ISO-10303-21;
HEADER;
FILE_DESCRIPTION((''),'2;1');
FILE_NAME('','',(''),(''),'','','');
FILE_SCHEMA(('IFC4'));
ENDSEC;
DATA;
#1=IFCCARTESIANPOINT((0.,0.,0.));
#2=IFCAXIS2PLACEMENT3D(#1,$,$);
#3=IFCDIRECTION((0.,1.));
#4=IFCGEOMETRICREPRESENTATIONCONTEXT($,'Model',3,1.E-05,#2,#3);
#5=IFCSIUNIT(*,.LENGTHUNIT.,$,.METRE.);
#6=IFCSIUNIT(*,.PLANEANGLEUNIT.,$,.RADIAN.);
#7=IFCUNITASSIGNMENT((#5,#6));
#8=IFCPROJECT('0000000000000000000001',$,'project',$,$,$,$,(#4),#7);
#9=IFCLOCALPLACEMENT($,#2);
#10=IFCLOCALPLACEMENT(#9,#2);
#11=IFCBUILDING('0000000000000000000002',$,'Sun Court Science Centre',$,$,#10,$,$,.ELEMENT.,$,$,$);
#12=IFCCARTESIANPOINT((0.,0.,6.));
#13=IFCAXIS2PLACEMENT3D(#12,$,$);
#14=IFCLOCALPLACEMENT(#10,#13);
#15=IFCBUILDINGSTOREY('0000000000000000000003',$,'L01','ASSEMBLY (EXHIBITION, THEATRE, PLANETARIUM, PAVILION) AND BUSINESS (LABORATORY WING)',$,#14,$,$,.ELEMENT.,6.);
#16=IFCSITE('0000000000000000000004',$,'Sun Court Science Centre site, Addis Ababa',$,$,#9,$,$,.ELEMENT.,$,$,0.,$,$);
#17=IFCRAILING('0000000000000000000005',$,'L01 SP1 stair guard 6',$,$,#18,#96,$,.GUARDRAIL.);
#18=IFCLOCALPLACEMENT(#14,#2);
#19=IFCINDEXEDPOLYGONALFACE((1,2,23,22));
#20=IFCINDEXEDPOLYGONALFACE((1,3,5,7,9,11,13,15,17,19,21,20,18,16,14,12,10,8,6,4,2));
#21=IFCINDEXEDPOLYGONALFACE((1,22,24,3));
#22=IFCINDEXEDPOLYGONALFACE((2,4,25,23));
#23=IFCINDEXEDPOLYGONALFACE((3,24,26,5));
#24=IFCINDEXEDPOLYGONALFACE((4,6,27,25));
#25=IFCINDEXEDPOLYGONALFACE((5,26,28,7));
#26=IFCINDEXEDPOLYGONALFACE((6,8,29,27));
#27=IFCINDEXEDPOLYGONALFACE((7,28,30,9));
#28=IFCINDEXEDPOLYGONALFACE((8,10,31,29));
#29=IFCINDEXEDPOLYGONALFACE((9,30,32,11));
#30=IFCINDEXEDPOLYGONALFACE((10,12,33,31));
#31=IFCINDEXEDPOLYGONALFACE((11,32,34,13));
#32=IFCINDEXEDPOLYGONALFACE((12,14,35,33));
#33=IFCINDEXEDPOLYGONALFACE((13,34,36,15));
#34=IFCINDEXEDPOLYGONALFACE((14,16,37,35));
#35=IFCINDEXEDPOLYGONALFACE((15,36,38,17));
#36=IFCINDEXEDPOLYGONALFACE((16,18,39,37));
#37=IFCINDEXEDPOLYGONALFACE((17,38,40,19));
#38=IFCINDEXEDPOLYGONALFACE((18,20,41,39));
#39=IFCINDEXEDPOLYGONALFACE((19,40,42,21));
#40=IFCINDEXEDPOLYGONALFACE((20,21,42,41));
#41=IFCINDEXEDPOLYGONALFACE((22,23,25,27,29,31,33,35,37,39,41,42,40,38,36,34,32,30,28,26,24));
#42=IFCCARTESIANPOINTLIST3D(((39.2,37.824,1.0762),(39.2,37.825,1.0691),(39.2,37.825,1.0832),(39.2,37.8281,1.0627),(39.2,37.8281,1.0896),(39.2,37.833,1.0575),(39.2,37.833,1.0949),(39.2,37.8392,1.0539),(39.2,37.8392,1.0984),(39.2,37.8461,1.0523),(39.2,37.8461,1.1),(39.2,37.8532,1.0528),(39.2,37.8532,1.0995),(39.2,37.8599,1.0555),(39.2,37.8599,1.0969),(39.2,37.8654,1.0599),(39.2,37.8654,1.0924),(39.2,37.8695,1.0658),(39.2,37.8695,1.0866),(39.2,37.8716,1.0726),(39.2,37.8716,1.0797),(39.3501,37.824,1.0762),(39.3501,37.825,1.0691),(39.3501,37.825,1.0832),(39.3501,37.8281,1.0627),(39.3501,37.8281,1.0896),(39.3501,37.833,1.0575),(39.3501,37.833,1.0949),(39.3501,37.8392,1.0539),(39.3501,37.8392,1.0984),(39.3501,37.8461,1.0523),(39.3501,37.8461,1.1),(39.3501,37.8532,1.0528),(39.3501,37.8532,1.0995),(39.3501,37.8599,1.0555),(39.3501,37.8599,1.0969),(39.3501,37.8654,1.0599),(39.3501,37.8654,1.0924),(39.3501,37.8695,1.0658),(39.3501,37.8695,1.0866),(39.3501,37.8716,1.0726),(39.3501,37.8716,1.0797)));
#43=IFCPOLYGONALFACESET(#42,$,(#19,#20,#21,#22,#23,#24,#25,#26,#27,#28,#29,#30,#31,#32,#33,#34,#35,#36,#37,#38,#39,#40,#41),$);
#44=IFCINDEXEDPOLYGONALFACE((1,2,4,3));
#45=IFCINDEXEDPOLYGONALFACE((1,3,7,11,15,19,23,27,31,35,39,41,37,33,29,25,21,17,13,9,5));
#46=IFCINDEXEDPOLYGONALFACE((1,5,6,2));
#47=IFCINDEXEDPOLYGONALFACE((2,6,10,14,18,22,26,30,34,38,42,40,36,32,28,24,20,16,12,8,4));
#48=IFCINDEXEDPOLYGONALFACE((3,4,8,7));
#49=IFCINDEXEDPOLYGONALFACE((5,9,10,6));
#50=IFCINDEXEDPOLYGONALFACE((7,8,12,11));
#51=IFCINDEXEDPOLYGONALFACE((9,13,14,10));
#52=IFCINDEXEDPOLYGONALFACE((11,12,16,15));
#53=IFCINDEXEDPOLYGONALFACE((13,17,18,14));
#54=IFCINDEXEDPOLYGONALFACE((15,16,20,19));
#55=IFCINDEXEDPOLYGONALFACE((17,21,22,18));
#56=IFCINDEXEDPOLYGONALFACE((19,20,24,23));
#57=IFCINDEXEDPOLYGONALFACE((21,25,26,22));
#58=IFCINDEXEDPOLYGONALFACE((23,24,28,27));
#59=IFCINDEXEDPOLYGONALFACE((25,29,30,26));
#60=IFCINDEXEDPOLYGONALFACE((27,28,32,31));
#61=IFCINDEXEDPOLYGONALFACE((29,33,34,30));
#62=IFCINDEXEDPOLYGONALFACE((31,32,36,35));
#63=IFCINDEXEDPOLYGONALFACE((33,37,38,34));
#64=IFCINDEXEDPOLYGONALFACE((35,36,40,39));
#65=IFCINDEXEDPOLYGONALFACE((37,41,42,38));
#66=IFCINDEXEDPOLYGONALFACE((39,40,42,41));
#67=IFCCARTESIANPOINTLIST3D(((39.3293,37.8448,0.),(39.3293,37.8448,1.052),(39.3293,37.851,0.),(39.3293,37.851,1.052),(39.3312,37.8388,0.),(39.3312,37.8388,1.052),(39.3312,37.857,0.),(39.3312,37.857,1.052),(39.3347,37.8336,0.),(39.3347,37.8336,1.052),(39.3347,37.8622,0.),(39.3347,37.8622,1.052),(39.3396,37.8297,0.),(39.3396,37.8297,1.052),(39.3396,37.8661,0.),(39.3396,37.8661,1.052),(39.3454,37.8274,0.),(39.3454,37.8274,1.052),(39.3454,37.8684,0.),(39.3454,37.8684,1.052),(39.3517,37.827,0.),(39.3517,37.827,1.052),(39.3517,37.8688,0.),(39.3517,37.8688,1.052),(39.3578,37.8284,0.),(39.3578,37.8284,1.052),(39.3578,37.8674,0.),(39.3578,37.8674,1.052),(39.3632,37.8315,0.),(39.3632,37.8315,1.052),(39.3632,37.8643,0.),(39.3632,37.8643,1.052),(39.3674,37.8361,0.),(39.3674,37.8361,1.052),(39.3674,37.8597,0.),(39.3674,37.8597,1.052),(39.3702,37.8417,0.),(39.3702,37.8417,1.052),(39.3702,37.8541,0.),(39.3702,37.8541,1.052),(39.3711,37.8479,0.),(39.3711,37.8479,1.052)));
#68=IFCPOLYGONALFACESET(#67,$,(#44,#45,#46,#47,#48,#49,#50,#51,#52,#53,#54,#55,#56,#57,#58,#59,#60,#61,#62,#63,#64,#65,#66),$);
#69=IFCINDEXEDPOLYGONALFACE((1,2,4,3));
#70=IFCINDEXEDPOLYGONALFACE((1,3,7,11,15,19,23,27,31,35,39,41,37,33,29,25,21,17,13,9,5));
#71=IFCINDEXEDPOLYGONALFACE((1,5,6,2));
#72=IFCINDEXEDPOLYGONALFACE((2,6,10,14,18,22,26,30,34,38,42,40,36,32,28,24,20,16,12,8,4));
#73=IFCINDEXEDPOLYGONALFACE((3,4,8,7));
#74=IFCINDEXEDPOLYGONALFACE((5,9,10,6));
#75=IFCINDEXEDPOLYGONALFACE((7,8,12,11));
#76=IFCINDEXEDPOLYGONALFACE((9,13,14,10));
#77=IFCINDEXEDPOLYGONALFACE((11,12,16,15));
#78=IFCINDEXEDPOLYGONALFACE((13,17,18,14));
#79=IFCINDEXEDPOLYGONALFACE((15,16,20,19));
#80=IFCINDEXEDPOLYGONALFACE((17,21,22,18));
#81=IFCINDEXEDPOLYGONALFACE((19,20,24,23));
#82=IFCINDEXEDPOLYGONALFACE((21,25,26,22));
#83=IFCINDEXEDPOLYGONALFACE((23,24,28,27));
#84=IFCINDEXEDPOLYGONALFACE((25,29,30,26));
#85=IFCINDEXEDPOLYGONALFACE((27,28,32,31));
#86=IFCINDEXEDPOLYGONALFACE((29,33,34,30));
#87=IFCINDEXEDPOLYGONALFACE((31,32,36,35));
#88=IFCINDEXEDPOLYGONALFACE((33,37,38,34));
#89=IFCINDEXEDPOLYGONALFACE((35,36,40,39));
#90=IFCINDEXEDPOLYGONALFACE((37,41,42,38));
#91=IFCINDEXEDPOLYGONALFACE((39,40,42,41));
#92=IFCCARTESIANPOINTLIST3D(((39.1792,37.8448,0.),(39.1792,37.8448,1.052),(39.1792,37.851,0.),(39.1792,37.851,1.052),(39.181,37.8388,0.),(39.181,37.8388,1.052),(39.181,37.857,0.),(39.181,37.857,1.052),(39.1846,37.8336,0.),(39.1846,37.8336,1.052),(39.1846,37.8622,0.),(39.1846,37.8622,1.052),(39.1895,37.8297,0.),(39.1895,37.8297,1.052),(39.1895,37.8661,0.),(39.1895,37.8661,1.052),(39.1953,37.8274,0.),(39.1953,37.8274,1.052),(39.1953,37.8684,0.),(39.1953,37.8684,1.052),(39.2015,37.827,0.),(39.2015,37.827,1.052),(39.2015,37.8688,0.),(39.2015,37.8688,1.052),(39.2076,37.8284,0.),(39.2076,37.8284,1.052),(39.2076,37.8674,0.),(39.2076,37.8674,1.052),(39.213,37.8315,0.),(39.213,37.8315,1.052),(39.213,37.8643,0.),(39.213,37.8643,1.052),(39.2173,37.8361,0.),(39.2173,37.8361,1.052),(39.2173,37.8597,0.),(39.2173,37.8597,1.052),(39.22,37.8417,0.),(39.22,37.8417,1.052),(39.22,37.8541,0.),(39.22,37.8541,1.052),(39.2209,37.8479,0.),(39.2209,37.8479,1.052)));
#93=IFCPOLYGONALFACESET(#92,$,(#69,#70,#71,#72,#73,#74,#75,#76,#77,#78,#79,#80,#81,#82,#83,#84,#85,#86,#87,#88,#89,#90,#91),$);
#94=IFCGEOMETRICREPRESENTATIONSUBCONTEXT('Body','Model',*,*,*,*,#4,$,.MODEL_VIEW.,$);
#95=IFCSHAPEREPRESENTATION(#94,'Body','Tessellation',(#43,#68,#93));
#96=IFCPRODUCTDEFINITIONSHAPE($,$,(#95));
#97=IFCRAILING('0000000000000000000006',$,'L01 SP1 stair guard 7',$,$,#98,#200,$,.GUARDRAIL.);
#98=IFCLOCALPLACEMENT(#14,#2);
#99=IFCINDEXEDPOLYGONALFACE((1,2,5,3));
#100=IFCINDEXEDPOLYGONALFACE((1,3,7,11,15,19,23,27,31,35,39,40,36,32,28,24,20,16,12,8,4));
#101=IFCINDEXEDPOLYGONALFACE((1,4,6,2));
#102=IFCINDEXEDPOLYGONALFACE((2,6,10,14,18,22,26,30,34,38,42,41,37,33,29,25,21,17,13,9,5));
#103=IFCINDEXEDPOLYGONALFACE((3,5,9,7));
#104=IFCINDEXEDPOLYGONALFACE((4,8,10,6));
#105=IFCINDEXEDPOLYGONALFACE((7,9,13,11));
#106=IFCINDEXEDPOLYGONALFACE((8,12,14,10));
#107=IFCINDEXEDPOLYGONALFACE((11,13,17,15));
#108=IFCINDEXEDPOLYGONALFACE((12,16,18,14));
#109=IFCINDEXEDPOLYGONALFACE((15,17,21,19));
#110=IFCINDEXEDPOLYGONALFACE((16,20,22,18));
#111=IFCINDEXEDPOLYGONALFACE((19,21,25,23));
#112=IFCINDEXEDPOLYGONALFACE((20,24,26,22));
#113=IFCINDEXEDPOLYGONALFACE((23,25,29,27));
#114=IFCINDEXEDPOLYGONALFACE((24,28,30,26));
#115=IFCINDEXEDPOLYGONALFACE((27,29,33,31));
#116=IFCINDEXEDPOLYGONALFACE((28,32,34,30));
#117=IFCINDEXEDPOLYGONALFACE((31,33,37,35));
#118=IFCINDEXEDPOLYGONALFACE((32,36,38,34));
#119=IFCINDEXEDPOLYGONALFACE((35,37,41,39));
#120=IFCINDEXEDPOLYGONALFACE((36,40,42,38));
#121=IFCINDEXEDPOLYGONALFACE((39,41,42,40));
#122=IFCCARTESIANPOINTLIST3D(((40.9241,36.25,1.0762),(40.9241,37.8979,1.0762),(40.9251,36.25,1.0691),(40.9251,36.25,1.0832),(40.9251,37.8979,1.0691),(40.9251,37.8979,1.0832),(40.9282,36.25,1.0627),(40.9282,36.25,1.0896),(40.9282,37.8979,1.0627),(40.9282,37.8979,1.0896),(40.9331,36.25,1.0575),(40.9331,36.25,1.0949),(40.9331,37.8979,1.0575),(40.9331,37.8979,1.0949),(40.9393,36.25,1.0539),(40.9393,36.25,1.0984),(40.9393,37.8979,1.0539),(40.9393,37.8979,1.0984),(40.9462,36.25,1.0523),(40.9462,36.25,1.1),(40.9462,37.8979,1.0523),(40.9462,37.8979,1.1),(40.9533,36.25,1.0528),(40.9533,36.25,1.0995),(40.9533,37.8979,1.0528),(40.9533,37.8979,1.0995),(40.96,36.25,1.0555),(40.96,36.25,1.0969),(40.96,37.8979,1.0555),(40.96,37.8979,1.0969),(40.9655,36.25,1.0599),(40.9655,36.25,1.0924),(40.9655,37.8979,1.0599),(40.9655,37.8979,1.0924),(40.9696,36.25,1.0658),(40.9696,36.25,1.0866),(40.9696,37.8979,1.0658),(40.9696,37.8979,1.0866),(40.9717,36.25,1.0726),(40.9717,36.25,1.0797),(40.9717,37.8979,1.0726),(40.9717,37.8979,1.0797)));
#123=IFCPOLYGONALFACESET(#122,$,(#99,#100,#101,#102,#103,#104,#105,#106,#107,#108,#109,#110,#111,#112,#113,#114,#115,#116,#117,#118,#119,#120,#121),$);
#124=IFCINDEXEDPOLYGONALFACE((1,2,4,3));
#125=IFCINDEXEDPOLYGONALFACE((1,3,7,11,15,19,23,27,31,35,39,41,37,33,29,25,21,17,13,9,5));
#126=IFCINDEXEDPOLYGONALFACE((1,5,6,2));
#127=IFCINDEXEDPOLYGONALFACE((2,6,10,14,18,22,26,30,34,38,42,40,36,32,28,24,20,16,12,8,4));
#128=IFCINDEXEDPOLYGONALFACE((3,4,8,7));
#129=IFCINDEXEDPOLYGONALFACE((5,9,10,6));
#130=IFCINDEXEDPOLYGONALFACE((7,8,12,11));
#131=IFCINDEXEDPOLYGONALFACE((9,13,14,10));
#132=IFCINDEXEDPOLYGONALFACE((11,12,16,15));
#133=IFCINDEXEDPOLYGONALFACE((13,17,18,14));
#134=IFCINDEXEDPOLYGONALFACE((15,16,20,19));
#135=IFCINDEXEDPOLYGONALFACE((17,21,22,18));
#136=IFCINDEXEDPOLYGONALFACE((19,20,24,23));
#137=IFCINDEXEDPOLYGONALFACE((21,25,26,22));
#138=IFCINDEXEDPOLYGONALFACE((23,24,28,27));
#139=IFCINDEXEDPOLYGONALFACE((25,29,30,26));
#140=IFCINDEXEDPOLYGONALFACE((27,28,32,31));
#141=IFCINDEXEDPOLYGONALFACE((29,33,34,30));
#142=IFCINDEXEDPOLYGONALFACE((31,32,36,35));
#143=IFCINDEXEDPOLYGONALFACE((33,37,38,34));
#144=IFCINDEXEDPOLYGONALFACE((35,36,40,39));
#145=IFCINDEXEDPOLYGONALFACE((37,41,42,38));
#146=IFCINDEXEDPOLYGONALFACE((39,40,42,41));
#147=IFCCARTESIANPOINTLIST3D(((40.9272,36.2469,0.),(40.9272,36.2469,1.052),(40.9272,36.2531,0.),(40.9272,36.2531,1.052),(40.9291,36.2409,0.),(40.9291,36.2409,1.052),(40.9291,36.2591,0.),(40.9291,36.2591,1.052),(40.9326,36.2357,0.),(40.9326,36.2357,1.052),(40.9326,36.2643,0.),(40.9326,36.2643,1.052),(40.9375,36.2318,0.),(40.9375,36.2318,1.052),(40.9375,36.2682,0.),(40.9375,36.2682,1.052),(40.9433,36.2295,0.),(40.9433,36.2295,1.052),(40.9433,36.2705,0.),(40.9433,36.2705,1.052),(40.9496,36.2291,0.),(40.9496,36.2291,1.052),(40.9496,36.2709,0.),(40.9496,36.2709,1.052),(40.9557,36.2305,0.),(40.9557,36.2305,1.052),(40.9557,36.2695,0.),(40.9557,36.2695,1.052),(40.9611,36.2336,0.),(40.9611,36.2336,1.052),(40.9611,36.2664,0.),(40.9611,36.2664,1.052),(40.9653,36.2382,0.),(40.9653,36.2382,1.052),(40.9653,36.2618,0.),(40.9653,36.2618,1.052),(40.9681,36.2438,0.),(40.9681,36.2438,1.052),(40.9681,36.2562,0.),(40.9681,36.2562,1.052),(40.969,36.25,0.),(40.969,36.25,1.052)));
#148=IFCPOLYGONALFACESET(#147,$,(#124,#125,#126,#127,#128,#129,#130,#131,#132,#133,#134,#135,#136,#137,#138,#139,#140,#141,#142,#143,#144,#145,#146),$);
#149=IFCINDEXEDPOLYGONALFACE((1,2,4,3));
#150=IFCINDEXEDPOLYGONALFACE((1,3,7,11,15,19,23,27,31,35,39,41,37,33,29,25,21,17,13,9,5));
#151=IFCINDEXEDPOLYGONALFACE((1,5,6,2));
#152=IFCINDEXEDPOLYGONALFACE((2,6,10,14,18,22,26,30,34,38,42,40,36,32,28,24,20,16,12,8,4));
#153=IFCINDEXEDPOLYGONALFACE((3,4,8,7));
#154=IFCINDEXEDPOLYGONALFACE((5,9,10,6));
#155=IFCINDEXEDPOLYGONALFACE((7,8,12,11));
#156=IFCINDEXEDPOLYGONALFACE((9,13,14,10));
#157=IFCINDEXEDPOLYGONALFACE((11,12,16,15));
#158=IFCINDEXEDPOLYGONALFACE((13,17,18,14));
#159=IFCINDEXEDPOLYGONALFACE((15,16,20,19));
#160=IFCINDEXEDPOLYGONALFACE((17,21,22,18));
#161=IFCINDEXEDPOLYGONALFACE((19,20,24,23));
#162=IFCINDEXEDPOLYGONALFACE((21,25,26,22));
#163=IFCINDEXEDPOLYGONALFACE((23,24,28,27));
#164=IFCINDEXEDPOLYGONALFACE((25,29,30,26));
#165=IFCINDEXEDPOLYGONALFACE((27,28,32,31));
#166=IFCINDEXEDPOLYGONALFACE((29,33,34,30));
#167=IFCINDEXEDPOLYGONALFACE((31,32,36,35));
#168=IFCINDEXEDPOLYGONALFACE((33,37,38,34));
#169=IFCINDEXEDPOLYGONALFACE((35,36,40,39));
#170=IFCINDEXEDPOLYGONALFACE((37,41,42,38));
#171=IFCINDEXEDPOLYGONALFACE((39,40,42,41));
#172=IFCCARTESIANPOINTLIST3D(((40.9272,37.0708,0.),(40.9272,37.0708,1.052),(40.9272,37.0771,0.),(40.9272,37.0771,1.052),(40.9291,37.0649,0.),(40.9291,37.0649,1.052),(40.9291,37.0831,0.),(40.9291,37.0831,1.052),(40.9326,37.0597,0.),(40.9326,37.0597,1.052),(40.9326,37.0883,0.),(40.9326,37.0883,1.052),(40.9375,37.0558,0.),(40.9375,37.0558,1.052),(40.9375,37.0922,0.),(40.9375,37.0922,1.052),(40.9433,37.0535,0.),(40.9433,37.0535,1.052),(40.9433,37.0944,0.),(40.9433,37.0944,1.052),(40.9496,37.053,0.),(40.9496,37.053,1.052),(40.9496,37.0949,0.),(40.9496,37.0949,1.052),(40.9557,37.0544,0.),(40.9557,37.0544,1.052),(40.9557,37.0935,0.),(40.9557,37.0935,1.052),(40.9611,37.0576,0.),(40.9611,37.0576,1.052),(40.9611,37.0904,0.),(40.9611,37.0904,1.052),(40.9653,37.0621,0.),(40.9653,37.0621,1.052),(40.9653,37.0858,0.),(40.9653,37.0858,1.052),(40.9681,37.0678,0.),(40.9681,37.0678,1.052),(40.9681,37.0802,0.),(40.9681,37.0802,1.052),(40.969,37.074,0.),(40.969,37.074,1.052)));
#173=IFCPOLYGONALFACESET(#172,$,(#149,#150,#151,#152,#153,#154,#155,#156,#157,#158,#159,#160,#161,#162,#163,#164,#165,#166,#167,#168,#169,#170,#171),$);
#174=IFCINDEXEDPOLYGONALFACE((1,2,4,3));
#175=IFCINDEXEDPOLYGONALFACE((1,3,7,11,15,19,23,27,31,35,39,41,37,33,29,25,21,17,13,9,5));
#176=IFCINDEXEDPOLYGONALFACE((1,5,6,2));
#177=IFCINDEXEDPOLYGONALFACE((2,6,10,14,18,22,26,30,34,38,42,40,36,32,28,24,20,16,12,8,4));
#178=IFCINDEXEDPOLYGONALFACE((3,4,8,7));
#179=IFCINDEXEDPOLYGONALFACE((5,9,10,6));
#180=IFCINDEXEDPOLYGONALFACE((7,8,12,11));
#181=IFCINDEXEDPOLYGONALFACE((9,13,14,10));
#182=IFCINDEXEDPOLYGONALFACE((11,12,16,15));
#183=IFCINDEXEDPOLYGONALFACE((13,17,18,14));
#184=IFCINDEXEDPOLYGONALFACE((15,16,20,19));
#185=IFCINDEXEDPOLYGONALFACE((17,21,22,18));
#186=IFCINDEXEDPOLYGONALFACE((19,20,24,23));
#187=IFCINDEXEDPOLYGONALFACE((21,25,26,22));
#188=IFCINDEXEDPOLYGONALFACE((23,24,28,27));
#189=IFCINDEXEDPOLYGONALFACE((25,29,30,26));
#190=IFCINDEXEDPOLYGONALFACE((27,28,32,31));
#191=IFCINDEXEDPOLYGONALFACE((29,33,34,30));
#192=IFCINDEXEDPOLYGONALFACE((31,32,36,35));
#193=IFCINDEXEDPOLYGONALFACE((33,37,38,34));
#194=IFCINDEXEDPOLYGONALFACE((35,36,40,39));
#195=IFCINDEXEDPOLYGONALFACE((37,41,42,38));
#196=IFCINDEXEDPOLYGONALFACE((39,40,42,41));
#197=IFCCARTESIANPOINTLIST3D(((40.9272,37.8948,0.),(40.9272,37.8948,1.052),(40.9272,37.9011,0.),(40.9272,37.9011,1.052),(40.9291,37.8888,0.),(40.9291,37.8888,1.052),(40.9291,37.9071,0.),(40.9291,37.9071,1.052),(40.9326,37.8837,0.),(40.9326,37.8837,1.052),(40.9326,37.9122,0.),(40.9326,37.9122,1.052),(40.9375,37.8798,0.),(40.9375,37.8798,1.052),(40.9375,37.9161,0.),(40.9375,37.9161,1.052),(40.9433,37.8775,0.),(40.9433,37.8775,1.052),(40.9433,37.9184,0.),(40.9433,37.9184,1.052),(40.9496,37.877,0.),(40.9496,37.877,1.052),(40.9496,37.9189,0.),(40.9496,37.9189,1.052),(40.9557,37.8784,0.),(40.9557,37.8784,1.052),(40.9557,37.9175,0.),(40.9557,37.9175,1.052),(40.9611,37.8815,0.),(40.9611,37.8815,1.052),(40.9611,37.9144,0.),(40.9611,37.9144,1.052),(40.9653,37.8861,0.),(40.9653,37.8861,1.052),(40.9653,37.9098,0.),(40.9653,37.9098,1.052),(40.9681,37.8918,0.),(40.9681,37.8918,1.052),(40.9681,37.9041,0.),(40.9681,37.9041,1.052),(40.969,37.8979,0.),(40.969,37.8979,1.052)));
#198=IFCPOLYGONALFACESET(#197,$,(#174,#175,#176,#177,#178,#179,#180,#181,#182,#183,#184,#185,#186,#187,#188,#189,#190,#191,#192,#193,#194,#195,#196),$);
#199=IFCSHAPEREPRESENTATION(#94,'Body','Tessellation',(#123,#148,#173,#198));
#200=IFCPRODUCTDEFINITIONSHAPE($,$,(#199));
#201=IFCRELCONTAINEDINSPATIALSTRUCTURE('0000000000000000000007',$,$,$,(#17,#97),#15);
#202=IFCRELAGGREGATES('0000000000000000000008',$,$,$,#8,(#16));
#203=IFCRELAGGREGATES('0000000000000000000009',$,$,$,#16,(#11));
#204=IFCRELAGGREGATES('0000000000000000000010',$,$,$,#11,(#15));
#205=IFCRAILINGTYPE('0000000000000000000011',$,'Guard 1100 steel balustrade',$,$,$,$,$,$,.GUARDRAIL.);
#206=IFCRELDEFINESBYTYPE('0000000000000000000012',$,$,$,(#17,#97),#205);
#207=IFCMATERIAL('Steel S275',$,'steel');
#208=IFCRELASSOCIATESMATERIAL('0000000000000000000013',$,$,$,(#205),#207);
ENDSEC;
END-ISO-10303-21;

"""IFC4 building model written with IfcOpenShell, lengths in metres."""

from ifc_helpers import new_model, si_unit, direction, frame, origin, origin_2d, place, context, subcontext, project, spatial, circle, extrude, material, type_object, element, save


model = new_model("IFC4")

# Units and contexts
model_context = context("Model", 3, precision=1e-05, world=origin(), true_north=direction((0.0, 1.0)))
body_context = subcontext(model_context, "Body", "Model", "MODEL_VIEW")
ifc_project = project(units=[si_unit("LENGTHUNIT", "METRE"), si_unit("PLANEANGLEUNIT", "RADIAN")], contexts=[model_context])

# Site, building, storey
site_placement = place(None, origin())
site = spatial("IfcSite", under=ifc_project, at=site_placement, Name="Sun Court Science Centre site, Addis Ababa", CompositionType="ELEMENT", RefElevation=0.0)
building_placement = place(site_placement, origin())
building = spatial("IfcBuilding", under=site, at=building_placement, Name="Sun Court Science Centre", CompositionType="ELEMENT")
storey_placement = place(building_placement, frame((0.0, 0.0, 6.0)))
storey = spatial("IfcBuildingStorey", under=building, at=storey_placement, Name="L01", Description="ASSEMBLY (EXHIBITION, THEATRE, PLANETARIUM, PAVILION) AND BUSINESS (LABORATORY WING)", CompositionType="ELEMENT", Elevation=6.0)

# Railings
ifc_material_1 = material(Name="Steel S275", Category="steel")
railing_type_1 = type_object("IfcRailingType", Name="Guard 1100 steel balustrade", PredefinedType="GUARDRAIL", material=ifc_material_1)
railing_1_placement = place(storey_placement, frame((39.3501, 37.8479, 0.0)))
element("IfcRailing", 1, at=railing_1_placement, inside=storey, type_object=railing_type_1, Name="L01 SP1 stair guard 6", PredefinedType="GUARDRAIL", context=body_context, shape_type="SweptSolid", body=[
    extrude(circle(Radius=0.0239, at=origin_2d()), frame((0.0, 0.0, 1.0762), z_axis=(-1.0, 0.0, 0.0), x_axis=(0.0, -1.0, 0.0)), (0.0, 0.0, 1.0), 0.1501),
    extrude(circle(Radius=0.021, at=origin_2d()), origin(), (0.0, 0.0, 1.0), 1.052),
    extrude(circle(Radius=0.021, at=origin_2d()), frame((-0.1501, 0.0, 0.0)), (0.0, 0.0, 1.0), 1.052),
])
for number, where, name in (
    (2, (40.948, 36.25, 0.0), "L01 SP1 stair guard 7"),
):
    element("IfcRailing", number, at=place(storey_placement, frame(where)), inside=storey, type_object=railing_type_1, Name=name, PredefinedType="GUARDRAIL", context=body_context, shape_type="SweptSolid", body=[
        extrude(circle(Radius=0.0239, at=origin_2d()), frame((0.0, 0.0, 1.0762), z_axis=(0.0, 1.0, 0.0), x_axis=(-1.0, 0.0, 0.0)), (0.0, 0.0, 1.0), 1.6479),
        extrude(circle(Radius=0.021, at=origin_2d()), origin(), (0.0, 0.0, 1.0), 1.052),
        extrude(circle(Radius=0.021, at=origin_2d()), frame((0.0, 0.824, 0.0)), (0.0, 0.0, 1.0), 1.052),
        extrude(circle(Radius=0.021, at=origin_2d()), frame((0.0, 1.6479, 0.0)), (0.0, 0.0, 1.0), 1.052),
    ])

save(model, "model.ifc")
